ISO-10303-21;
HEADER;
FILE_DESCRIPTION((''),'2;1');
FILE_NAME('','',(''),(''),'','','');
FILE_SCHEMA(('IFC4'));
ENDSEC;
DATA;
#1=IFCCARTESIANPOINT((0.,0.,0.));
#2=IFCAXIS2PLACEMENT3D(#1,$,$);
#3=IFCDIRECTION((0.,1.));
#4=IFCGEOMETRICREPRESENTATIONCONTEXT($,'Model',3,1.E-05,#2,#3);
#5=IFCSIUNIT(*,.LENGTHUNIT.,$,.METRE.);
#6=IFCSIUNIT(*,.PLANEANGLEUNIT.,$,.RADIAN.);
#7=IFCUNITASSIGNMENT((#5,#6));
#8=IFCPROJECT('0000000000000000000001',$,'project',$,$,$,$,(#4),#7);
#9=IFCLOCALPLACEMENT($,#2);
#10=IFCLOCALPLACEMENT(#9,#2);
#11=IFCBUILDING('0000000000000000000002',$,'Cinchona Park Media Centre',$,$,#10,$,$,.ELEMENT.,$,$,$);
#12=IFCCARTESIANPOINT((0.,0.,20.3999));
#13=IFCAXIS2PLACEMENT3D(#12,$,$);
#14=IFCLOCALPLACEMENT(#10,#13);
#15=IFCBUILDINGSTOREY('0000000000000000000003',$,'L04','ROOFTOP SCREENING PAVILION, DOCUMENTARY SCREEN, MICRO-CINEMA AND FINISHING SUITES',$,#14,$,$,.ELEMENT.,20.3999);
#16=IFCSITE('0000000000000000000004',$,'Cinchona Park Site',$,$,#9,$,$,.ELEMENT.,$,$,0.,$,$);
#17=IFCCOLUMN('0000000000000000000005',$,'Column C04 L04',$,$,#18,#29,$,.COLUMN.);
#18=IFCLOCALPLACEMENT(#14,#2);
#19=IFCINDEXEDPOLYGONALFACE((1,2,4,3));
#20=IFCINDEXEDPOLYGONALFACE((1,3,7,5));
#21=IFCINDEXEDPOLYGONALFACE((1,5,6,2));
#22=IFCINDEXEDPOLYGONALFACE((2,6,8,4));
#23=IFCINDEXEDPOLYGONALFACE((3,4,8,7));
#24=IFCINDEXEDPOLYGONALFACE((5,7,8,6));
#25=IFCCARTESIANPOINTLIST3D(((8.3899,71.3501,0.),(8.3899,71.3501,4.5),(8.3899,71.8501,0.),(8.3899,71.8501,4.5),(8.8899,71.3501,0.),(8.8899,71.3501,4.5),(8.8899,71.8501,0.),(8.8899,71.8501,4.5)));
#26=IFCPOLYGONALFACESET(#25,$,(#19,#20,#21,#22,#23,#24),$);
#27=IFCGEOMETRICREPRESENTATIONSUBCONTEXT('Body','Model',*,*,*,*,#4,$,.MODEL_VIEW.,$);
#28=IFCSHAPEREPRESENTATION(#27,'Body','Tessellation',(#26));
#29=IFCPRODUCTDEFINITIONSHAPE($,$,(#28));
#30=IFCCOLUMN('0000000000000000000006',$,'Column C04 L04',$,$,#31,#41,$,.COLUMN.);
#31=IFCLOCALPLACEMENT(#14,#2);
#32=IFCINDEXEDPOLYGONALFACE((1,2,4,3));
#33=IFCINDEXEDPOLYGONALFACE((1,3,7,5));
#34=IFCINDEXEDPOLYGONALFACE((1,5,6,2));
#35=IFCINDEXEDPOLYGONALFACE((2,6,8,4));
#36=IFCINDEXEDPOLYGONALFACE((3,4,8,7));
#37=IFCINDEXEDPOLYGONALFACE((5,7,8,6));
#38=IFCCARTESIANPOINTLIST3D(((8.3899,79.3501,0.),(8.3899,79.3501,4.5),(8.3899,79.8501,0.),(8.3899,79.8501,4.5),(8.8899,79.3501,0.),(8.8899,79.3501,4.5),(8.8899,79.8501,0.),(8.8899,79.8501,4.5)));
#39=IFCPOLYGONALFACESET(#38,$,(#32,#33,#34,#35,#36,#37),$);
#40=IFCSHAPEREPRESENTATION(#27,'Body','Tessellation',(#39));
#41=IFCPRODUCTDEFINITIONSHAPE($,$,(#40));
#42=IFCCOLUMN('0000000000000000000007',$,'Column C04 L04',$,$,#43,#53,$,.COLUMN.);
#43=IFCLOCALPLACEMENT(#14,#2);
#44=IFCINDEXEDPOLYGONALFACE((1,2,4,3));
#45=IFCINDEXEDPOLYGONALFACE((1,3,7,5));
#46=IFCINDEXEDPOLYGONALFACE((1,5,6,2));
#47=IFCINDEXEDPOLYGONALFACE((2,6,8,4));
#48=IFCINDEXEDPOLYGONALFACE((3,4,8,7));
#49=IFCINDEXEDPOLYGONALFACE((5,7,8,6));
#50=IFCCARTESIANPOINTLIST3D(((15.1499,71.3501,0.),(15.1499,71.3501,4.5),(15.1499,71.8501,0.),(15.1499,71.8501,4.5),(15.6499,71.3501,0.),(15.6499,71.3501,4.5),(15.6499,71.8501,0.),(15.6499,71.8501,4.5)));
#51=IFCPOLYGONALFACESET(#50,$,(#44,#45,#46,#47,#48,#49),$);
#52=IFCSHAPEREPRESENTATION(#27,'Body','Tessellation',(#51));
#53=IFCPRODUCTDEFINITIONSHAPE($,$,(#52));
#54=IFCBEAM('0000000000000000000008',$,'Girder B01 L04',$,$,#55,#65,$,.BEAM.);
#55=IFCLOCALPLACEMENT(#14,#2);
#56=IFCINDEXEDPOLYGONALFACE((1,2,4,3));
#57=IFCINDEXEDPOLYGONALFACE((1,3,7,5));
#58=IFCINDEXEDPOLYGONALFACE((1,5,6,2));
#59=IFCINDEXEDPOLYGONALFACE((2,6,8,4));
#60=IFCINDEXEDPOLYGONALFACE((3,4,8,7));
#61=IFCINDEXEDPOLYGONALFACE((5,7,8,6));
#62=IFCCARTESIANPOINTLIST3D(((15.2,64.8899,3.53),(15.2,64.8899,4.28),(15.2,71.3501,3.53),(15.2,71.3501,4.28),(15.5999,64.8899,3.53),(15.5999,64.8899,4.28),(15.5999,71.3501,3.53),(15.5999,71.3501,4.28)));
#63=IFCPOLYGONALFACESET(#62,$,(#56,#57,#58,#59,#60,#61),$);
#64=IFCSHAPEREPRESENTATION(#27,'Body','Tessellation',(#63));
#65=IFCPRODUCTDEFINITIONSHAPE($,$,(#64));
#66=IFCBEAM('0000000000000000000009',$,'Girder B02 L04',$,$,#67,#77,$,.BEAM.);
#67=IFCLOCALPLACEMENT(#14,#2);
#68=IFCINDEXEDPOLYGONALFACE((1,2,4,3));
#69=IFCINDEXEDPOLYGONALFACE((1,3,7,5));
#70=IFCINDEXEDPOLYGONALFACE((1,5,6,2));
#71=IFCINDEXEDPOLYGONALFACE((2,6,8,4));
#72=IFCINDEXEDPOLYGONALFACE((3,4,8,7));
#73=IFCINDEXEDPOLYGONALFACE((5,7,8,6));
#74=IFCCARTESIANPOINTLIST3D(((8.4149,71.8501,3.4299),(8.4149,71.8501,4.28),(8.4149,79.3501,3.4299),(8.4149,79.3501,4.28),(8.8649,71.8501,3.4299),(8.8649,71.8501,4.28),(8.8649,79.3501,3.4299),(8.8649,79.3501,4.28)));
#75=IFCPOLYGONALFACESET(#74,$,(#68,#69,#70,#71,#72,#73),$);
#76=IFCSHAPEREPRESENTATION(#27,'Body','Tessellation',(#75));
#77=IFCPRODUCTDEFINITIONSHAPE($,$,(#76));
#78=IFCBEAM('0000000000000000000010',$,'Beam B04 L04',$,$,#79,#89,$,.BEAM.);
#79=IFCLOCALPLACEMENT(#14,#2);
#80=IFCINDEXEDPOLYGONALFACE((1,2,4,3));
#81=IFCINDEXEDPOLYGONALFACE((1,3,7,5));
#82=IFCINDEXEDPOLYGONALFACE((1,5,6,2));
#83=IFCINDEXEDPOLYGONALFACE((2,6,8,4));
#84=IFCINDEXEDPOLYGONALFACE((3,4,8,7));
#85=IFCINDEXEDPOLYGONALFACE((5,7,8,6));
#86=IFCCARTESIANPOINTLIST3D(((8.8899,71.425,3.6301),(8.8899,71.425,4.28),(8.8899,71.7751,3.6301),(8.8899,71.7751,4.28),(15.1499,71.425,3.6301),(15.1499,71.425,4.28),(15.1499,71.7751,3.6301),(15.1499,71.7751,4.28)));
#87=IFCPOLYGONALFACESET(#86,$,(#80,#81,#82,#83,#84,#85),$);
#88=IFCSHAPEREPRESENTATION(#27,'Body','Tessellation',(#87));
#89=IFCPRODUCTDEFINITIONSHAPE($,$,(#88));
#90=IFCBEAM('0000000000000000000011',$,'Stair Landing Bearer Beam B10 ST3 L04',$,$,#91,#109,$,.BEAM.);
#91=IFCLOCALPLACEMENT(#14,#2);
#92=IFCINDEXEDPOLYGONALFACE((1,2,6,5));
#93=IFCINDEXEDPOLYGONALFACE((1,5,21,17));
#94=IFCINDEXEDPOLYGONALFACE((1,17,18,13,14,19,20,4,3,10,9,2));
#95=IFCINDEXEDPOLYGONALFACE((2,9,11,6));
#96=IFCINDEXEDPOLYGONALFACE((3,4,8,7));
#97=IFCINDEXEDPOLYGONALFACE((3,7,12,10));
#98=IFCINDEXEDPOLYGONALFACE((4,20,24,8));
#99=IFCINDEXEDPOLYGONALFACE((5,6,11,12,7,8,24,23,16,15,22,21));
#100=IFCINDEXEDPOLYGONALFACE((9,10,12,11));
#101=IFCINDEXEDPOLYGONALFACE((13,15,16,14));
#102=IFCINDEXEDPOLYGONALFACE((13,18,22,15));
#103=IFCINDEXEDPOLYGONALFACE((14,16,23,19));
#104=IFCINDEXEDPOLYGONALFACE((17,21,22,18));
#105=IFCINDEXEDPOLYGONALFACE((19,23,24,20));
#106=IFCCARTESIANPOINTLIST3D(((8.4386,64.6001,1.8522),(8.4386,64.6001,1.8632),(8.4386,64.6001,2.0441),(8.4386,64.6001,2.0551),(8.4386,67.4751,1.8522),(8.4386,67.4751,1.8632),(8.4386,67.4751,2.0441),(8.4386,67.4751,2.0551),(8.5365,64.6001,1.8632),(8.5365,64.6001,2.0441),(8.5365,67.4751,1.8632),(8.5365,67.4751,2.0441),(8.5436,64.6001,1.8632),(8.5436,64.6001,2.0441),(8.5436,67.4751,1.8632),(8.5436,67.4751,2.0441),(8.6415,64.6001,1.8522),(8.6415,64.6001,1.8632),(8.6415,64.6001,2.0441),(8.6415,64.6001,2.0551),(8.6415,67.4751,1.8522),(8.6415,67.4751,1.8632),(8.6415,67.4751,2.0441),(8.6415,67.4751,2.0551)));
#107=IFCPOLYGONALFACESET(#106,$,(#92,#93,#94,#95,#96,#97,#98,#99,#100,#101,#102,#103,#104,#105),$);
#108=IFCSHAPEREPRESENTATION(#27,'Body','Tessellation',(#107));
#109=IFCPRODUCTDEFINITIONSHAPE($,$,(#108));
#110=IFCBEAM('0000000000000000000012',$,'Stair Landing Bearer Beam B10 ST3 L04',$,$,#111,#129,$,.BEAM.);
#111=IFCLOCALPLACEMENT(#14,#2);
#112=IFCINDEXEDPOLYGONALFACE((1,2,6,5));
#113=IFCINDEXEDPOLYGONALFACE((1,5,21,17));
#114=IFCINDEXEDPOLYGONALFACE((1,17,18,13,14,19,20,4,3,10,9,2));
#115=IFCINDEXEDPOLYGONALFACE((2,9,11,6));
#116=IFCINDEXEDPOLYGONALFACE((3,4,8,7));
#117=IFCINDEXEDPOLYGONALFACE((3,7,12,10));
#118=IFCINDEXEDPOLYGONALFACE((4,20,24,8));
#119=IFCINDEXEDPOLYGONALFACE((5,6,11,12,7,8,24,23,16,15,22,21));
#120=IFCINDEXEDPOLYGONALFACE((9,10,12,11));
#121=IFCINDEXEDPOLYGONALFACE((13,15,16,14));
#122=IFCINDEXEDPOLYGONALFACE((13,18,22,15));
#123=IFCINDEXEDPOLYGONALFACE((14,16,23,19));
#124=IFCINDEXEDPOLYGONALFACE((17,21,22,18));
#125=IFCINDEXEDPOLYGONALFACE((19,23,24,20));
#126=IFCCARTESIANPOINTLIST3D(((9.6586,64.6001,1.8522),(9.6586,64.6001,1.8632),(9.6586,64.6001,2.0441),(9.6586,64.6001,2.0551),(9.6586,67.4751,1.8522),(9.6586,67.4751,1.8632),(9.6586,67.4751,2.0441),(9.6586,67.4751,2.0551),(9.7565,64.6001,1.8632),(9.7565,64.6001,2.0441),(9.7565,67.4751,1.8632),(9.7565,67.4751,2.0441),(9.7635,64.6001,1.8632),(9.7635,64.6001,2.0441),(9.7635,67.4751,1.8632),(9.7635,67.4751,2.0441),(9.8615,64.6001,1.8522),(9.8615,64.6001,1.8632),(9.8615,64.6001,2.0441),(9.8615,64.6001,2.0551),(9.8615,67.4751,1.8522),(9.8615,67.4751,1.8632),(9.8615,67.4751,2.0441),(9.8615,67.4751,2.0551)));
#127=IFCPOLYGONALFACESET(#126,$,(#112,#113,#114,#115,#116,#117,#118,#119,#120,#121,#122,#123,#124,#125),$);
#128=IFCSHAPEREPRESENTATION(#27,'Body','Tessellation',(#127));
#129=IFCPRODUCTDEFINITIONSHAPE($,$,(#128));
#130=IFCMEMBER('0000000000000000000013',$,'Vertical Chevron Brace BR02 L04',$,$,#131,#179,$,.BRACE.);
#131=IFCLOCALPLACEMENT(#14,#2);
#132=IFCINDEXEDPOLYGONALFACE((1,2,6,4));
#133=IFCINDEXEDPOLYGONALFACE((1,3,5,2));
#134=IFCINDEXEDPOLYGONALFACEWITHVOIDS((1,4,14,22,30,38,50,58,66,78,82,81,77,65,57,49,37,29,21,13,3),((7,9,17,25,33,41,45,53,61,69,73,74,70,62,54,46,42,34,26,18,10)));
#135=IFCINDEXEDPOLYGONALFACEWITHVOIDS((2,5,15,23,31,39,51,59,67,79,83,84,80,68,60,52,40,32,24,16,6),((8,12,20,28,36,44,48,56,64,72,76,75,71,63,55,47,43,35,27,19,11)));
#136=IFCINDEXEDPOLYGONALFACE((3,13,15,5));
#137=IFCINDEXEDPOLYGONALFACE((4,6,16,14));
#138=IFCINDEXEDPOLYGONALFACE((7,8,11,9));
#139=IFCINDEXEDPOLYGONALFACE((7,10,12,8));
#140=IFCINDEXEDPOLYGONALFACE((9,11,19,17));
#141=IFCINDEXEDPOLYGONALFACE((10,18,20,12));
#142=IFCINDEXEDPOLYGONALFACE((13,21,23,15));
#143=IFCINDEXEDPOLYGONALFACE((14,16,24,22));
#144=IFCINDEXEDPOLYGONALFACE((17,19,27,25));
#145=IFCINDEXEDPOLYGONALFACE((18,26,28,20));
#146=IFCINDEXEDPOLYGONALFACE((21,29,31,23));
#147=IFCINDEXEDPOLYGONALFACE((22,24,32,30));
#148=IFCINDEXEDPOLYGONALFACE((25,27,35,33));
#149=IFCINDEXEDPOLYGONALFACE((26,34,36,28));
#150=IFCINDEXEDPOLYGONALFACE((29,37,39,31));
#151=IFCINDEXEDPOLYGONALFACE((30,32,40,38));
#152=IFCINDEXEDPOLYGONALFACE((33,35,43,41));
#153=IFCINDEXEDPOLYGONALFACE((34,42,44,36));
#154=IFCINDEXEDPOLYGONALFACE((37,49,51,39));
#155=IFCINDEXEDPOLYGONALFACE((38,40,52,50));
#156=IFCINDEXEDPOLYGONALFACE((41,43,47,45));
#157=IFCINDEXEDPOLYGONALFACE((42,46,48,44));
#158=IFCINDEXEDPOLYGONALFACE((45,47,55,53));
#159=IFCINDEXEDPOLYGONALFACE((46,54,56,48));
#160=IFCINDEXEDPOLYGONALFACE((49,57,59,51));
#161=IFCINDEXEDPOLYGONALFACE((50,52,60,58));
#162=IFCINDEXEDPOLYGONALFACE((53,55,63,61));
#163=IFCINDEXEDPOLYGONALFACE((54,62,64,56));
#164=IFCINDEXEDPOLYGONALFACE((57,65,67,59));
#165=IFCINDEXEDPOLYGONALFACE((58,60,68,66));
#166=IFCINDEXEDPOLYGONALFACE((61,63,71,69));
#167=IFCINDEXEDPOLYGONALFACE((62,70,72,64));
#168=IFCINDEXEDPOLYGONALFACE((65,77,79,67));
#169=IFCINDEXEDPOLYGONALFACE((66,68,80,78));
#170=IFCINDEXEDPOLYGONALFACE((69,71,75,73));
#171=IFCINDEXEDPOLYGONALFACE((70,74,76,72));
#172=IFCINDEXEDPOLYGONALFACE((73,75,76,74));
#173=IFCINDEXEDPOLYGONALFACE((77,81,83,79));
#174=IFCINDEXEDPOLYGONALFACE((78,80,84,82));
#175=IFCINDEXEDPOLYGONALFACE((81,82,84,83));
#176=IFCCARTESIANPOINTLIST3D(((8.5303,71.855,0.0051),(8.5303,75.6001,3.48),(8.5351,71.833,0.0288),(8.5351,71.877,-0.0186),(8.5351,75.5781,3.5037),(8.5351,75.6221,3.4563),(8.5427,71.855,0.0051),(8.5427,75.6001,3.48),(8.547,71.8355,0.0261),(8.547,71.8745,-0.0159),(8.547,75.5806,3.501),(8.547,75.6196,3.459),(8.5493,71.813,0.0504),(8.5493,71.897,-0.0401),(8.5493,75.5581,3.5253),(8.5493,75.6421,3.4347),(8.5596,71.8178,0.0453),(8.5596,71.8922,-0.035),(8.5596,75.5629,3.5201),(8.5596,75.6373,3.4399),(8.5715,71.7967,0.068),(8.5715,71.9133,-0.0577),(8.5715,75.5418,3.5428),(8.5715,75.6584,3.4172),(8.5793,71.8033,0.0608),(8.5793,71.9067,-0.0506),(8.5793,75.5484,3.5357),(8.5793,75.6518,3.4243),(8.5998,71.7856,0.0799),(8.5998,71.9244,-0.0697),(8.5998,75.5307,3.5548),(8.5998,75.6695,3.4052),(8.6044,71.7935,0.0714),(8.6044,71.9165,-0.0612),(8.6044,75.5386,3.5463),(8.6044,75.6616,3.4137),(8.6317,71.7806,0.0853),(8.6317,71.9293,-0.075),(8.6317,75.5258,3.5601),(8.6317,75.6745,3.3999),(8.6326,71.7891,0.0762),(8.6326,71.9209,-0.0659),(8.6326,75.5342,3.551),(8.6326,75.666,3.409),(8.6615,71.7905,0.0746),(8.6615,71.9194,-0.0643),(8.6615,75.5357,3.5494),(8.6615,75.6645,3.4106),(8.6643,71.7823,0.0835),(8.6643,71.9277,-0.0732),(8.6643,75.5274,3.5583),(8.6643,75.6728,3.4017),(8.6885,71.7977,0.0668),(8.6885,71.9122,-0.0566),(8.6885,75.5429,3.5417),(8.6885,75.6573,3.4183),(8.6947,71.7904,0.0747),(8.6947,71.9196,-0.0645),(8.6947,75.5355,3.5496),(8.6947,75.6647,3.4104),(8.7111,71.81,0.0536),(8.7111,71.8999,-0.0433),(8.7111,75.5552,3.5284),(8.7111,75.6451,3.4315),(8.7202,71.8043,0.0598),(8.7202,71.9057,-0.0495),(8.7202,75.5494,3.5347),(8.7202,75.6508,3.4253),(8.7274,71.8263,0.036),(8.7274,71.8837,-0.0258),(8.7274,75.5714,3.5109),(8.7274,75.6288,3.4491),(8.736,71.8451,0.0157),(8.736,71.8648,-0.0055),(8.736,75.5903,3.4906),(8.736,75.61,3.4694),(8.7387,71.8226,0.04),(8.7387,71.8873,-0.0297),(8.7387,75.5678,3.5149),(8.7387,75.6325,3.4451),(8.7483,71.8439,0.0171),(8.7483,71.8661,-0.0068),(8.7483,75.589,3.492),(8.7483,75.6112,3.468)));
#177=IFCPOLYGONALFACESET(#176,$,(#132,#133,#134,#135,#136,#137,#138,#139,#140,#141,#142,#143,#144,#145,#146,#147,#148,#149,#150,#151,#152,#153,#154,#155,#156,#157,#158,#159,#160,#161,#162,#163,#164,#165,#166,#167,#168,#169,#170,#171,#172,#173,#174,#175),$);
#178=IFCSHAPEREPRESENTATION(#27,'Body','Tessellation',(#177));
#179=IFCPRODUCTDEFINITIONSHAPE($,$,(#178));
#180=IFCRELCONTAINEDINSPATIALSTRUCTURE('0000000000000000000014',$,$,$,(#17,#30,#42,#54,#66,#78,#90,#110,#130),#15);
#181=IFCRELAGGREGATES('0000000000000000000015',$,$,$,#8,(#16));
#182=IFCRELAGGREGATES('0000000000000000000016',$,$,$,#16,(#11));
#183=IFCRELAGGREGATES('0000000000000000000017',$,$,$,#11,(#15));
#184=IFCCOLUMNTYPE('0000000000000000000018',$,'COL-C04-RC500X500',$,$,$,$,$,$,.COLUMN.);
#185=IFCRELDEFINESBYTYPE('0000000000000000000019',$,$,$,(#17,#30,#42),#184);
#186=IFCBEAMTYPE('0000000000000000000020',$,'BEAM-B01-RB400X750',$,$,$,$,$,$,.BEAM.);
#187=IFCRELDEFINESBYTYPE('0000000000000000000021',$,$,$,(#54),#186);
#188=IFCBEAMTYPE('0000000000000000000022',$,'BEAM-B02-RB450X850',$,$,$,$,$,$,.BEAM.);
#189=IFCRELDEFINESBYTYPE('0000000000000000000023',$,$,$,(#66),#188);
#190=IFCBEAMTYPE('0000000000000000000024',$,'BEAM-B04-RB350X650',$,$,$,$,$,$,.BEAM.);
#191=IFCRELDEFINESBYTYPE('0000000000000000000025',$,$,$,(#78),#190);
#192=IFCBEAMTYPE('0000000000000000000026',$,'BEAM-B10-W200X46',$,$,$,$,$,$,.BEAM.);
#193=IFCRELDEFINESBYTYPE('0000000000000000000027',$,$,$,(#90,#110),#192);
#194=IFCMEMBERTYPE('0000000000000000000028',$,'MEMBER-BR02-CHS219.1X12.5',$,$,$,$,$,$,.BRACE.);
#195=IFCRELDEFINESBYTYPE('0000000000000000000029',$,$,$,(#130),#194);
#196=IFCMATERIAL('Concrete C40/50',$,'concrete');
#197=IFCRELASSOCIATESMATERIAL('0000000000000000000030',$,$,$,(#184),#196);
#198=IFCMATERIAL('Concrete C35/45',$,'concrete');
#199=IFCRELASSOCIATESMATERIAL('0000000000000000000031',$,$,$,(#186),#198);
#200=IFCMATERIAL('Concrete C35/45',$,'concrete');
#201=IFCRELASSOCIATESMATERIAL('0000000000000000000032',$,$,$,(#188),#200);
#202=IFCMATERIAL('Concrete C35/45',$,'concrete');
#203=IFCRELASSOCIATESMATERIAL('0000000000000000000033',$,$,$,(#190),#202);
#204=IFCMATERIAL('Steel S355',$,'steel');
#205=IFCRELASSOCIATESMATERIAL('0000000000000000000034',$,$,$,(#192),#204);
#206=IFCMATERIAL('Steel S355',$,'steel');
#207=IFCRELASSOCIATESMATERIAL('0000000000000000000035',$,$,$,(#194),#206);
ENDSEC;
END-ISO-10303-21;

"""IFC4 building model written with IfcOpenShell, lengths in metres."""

from ifc_helpers import new_model, si_unit, direction, frame, origin, origin_2d, place, context, subcontext, project, spatial, rectangle, hollow_circle, i_section, extrude, material, material_profile, profile_set, type_object, element, save


model = new_model("IFC4")

# Units and contexts
model_context = context("Model", 3, precision=1e-05, world=origin(), true_north=direction((0.0, 1.0)))
body_context = subcontext(model_context, "Body", "Model", "MODEL_VIEW")
ifc_project = project(units=[si_unit("LENGTHUNIT", "METRE"), si_unit("PLANEANGLEUNIT", "RADIAN")], contexts=[model_context])

# Site, building, storey
site_placement = place(None, origin())
site = spatial("IfcSite", under=ifc_project, at=site_placement, Name="Cinchona Park Site", CompositionType="ELEMENT", RefElevation=0.0)
building_placement = place(site_placement, origin())
building = spatial("IfcBuilding", under=site, at=building_placement, Name="Cinchona Park Media Centre", CompositionType="ELEMENT")
storey_placement = place(building_placement, frame((0.0, 0.0, 20.3999)))
storey = spatial("IfcBuildingStorey", under=building, at=storey_placement, Name="L04", Description="ROOFTOP SCREENING PAVILION, DOCUMENTARY SCREEN, MICRO-CINEMA AND FINISHING SUITES", CompositionType="ELEMENT", Elevation=20.3999)

# Columns
ifc_material_1 = material(Name="Concrete C40/50", Category="concrete")
ifc_material_profile_1 = material_profile(ifc_material_1, rectangle(XDim=0.5, YDim=0.5, at=origin_2d()), Name="RC 500X500")
ifc_profile_set_1 = profile_set([ifc_material_profile_1], Name="Concrete C40/50")
column_type = type_object("IfcColumnType", Name="COL-C04-RC500X500", PredefinedType="COLUMN", material=ifc_profile_set_1)
for number, where, z_axis, x_axis, name in (
    (1, (8.6399, 71.6001, 0.0), (0.0, 0.0, 1.0), (1.0, 0.0, 0.0), "Column C04 L04"),
    (2, (8.6399, 79.6001, 0.0), (0.0, 0.0, 1.0), (1.0, 0.0, 0.0), "Column C04 L04"),
    (3, (15.3999, 71.6001, 0.0), (0.0, 0.0, 1.0), (1.0, 0.0, 0.0), "Column C04 L04"),
):
    element("IfcColumn", number, at=place(storey_placement, frame(where, z_axis=z_axis, x_axis=x_axis)), inside=storey, type_object=column_type, Name=name, PredefinedType="COLUMN", context=body_context, shape_type="SweptSolid", body=[
        extrude(rectangle(XDim=0.5, YDim=0.5, at=origin_2d()), origin(), (0.0, 0.0, 1.0), 4.5),
    ])

# Beams
ifc_material_2 = material(Name="Concrete C35/45", Category="concrete")
ifc_material_profile_2 = material_profile(ifc_material_2, rectangle(XDim=0.3999, YDim=0.75, at=origin_2d()), Name="RB 400X750")
ifc_profile_set_2 = profile_set([ifc_material_profile_2], Name="Concrete C35/45")
beam_type_1 = type_object("IfcBeamType", Name="BEAM-B01-RB400X750", PredefinedType="BEAM", material=ifc_profile_set_2)
beam_1_placement = place(storey_placement, frame((15.3999, 64.8899, 3.905), z_axis=(0.0, 1.0, 0.0), x_axis=(-1.0, 0.0, 0.0)))
element("IfcBeam", 4, at=beam_1_placement, inside=storey, type_object=beam_type_1, Name="Girder B01 L04", PredefinedType="BEAM", context=body_context, shape_type="SweptSolid", body=[
    extrude(rectangle(XDim=0.3999, YDim=0.75, at=origin_2d()), origin(), (0.0, 0.0, 1.0), 6.4602),
])
ifc_material_3 = material(Name="Concrete C35/45", Category="concrete")
ifc_material_profile_3 = material_profile(ifc_material_3, rectangle(XDim=0.45, YDim=0.8501, at=origin_2d()), Name="RB 450X850")
ifc_profile_set_3 = profile_set([ifc_material_profile_3], Name="Concrete C35/45")
beam_type_2 = type_object("IfcBeamType", Name="BEAM-B02-RB450X850", PredefinedType="BEAM", material=ifc_profile_set_3)
beam_2_placement = place(storey_placement, frame((8.6399, 71.8501, 3.855), z_axis=(0.0, 1.0, 0.0), x_axis=(-1.0, 0.0, 0.0)))
element("IfcBeam", 5, at=beam_2_placement, inside=storey, type_object=beam_type_2, Name="Girder B02 L04", PredefinedType="BEAM", context=body_context, shape_type="SweptSolid", body=[
    extrude(rectangle(XDim=0.45, YDim=0.8501, at=origin_2d()), origin(), (0.0, 0.0, 1.0), 7.5),
])
ifc_material_4 = material(Name="Concrete C35/45", Category="concrete")
ifc_material_profile_4 = material_profile(ifc_material_4, rectangle(XDim=0.3501, YDim=0.6499, at=origin_2d()), Name="RB 350X650")
ifc_profile_set_4 = profile_set([ifc_material_profile_4], Name="Concrete C35/45")
beam_type_3 = type_object("IfcBeamType", Name="BEAM-B04-RB350X650", PredefinedType="BEAM", material=ifc_profile_set_4)
beam_3_placement = place(storey_placement, frame((8.8899, 71.6001, 3.9551), z_axis=(1.0, 0.0, 0.0), x_axis=(0.0, 1.0, 0.0)))
element("IfcBeam", 6, at=beam_3_placement, inside=storey, type_object=beam_type_3, Name="Beam B04 L04", PredefinedType="BEAM", context=body_context, shape_type="SweptSolid", body=[
    extrude(rectangle(XDim=0.3501, YDim=0.6499, at=origin_2d()), origin(), (0.0, 0.0, 1.0), 6.26),
])
ifc_material_5 = material(Name="Steel S355", Category="steel")
ifc_material_profile_5 = material_profile(ifc_material_5, i_section(OverallWidth=0.2029, OverallDepth=0.2029, WebThickness=0.0071, FlangeThickness=0.011, at=origin_2d()), Name="W200X46")
ifc_profile_set_5 = profile_set([ifc_material_profile_5], Name="Steel S355")
beam_type_4 = type_object("IfcBeamType", Name="BEAM-B10-W200X46", PredefinedType="BEAM", material=ifc_profile_set_5)
for number, where, z_axis, x_axis, name in (
    (7, (8.54, 67.4751, 1.9536), (0.0, -1.0, 0.0), (1.0, 0.0, 0.0), "Stair Landing Bearer Beam B10 ST3 L04"),
    (8, (9.76, 67.4751, 1.9536), (0.0, -1.0, 0.0), (1.0, 0.0, 0.0), "Stair Landing Bearer Beam B10 ST3 L04"),
):
    element("IfcBeam", number, at=place(storey_placement, frame(where, z_axis=z_axis, x_axis=x_axis)), inside=storey, type_object=beam_type_4, Name=name, PredefinedType="BEAM", context=body_context, shape_type="SweptSolid", body=[
        extrude(i_section(OverallWidth=0.2029, OverallDepth=0.2029, WebThickness=0.0071, FlangeThickness=0.011, at=origin_2d()), origin(), (0.0, 0.0, 1.0), 2.875),
    ])

# Member
ifc_material_6 = material(Name="Steel S355", Category="steel")
ifc_material_profile_6 = material_profile(ifc_material_6, hollow_circle(Radius=0.1096, WallThickness=0.0125, at=origin_2d()), Name="219.1X12.5CHS")
ifc_profile_set_6 = profile_set([ifc_material_profile_6], Name="Steel S355")
member_type = type_object("IfcMemberType", Name="MEMBER-BR02-CHS219.1X12.5", PredefinedType="BRACE", material=ifc_profile_set_6)
member_1_placement = place(storey_placement, frame((8.6399, 71.855, 0.0051), z_axis=(0.0, 0.733062, 0.680161), x_axis=(-1.0, 0.0, 0.0)))
element("IfcMember", 9, at=member_1_placement, inside=storey, type_object=member_type, Name="Vertical Chevron Brace BR02 L04", PredefinedType="BRACE", context=body_context, shape_type="SweptSolid", body=[
    extrude(hollow_circle(Radius=0.1096, WallThickness=0.0125, at=origin_2d()), origin(), (0.0, 0.0, 1.0), 5.1089),
])

save(model, "model.ifc")
